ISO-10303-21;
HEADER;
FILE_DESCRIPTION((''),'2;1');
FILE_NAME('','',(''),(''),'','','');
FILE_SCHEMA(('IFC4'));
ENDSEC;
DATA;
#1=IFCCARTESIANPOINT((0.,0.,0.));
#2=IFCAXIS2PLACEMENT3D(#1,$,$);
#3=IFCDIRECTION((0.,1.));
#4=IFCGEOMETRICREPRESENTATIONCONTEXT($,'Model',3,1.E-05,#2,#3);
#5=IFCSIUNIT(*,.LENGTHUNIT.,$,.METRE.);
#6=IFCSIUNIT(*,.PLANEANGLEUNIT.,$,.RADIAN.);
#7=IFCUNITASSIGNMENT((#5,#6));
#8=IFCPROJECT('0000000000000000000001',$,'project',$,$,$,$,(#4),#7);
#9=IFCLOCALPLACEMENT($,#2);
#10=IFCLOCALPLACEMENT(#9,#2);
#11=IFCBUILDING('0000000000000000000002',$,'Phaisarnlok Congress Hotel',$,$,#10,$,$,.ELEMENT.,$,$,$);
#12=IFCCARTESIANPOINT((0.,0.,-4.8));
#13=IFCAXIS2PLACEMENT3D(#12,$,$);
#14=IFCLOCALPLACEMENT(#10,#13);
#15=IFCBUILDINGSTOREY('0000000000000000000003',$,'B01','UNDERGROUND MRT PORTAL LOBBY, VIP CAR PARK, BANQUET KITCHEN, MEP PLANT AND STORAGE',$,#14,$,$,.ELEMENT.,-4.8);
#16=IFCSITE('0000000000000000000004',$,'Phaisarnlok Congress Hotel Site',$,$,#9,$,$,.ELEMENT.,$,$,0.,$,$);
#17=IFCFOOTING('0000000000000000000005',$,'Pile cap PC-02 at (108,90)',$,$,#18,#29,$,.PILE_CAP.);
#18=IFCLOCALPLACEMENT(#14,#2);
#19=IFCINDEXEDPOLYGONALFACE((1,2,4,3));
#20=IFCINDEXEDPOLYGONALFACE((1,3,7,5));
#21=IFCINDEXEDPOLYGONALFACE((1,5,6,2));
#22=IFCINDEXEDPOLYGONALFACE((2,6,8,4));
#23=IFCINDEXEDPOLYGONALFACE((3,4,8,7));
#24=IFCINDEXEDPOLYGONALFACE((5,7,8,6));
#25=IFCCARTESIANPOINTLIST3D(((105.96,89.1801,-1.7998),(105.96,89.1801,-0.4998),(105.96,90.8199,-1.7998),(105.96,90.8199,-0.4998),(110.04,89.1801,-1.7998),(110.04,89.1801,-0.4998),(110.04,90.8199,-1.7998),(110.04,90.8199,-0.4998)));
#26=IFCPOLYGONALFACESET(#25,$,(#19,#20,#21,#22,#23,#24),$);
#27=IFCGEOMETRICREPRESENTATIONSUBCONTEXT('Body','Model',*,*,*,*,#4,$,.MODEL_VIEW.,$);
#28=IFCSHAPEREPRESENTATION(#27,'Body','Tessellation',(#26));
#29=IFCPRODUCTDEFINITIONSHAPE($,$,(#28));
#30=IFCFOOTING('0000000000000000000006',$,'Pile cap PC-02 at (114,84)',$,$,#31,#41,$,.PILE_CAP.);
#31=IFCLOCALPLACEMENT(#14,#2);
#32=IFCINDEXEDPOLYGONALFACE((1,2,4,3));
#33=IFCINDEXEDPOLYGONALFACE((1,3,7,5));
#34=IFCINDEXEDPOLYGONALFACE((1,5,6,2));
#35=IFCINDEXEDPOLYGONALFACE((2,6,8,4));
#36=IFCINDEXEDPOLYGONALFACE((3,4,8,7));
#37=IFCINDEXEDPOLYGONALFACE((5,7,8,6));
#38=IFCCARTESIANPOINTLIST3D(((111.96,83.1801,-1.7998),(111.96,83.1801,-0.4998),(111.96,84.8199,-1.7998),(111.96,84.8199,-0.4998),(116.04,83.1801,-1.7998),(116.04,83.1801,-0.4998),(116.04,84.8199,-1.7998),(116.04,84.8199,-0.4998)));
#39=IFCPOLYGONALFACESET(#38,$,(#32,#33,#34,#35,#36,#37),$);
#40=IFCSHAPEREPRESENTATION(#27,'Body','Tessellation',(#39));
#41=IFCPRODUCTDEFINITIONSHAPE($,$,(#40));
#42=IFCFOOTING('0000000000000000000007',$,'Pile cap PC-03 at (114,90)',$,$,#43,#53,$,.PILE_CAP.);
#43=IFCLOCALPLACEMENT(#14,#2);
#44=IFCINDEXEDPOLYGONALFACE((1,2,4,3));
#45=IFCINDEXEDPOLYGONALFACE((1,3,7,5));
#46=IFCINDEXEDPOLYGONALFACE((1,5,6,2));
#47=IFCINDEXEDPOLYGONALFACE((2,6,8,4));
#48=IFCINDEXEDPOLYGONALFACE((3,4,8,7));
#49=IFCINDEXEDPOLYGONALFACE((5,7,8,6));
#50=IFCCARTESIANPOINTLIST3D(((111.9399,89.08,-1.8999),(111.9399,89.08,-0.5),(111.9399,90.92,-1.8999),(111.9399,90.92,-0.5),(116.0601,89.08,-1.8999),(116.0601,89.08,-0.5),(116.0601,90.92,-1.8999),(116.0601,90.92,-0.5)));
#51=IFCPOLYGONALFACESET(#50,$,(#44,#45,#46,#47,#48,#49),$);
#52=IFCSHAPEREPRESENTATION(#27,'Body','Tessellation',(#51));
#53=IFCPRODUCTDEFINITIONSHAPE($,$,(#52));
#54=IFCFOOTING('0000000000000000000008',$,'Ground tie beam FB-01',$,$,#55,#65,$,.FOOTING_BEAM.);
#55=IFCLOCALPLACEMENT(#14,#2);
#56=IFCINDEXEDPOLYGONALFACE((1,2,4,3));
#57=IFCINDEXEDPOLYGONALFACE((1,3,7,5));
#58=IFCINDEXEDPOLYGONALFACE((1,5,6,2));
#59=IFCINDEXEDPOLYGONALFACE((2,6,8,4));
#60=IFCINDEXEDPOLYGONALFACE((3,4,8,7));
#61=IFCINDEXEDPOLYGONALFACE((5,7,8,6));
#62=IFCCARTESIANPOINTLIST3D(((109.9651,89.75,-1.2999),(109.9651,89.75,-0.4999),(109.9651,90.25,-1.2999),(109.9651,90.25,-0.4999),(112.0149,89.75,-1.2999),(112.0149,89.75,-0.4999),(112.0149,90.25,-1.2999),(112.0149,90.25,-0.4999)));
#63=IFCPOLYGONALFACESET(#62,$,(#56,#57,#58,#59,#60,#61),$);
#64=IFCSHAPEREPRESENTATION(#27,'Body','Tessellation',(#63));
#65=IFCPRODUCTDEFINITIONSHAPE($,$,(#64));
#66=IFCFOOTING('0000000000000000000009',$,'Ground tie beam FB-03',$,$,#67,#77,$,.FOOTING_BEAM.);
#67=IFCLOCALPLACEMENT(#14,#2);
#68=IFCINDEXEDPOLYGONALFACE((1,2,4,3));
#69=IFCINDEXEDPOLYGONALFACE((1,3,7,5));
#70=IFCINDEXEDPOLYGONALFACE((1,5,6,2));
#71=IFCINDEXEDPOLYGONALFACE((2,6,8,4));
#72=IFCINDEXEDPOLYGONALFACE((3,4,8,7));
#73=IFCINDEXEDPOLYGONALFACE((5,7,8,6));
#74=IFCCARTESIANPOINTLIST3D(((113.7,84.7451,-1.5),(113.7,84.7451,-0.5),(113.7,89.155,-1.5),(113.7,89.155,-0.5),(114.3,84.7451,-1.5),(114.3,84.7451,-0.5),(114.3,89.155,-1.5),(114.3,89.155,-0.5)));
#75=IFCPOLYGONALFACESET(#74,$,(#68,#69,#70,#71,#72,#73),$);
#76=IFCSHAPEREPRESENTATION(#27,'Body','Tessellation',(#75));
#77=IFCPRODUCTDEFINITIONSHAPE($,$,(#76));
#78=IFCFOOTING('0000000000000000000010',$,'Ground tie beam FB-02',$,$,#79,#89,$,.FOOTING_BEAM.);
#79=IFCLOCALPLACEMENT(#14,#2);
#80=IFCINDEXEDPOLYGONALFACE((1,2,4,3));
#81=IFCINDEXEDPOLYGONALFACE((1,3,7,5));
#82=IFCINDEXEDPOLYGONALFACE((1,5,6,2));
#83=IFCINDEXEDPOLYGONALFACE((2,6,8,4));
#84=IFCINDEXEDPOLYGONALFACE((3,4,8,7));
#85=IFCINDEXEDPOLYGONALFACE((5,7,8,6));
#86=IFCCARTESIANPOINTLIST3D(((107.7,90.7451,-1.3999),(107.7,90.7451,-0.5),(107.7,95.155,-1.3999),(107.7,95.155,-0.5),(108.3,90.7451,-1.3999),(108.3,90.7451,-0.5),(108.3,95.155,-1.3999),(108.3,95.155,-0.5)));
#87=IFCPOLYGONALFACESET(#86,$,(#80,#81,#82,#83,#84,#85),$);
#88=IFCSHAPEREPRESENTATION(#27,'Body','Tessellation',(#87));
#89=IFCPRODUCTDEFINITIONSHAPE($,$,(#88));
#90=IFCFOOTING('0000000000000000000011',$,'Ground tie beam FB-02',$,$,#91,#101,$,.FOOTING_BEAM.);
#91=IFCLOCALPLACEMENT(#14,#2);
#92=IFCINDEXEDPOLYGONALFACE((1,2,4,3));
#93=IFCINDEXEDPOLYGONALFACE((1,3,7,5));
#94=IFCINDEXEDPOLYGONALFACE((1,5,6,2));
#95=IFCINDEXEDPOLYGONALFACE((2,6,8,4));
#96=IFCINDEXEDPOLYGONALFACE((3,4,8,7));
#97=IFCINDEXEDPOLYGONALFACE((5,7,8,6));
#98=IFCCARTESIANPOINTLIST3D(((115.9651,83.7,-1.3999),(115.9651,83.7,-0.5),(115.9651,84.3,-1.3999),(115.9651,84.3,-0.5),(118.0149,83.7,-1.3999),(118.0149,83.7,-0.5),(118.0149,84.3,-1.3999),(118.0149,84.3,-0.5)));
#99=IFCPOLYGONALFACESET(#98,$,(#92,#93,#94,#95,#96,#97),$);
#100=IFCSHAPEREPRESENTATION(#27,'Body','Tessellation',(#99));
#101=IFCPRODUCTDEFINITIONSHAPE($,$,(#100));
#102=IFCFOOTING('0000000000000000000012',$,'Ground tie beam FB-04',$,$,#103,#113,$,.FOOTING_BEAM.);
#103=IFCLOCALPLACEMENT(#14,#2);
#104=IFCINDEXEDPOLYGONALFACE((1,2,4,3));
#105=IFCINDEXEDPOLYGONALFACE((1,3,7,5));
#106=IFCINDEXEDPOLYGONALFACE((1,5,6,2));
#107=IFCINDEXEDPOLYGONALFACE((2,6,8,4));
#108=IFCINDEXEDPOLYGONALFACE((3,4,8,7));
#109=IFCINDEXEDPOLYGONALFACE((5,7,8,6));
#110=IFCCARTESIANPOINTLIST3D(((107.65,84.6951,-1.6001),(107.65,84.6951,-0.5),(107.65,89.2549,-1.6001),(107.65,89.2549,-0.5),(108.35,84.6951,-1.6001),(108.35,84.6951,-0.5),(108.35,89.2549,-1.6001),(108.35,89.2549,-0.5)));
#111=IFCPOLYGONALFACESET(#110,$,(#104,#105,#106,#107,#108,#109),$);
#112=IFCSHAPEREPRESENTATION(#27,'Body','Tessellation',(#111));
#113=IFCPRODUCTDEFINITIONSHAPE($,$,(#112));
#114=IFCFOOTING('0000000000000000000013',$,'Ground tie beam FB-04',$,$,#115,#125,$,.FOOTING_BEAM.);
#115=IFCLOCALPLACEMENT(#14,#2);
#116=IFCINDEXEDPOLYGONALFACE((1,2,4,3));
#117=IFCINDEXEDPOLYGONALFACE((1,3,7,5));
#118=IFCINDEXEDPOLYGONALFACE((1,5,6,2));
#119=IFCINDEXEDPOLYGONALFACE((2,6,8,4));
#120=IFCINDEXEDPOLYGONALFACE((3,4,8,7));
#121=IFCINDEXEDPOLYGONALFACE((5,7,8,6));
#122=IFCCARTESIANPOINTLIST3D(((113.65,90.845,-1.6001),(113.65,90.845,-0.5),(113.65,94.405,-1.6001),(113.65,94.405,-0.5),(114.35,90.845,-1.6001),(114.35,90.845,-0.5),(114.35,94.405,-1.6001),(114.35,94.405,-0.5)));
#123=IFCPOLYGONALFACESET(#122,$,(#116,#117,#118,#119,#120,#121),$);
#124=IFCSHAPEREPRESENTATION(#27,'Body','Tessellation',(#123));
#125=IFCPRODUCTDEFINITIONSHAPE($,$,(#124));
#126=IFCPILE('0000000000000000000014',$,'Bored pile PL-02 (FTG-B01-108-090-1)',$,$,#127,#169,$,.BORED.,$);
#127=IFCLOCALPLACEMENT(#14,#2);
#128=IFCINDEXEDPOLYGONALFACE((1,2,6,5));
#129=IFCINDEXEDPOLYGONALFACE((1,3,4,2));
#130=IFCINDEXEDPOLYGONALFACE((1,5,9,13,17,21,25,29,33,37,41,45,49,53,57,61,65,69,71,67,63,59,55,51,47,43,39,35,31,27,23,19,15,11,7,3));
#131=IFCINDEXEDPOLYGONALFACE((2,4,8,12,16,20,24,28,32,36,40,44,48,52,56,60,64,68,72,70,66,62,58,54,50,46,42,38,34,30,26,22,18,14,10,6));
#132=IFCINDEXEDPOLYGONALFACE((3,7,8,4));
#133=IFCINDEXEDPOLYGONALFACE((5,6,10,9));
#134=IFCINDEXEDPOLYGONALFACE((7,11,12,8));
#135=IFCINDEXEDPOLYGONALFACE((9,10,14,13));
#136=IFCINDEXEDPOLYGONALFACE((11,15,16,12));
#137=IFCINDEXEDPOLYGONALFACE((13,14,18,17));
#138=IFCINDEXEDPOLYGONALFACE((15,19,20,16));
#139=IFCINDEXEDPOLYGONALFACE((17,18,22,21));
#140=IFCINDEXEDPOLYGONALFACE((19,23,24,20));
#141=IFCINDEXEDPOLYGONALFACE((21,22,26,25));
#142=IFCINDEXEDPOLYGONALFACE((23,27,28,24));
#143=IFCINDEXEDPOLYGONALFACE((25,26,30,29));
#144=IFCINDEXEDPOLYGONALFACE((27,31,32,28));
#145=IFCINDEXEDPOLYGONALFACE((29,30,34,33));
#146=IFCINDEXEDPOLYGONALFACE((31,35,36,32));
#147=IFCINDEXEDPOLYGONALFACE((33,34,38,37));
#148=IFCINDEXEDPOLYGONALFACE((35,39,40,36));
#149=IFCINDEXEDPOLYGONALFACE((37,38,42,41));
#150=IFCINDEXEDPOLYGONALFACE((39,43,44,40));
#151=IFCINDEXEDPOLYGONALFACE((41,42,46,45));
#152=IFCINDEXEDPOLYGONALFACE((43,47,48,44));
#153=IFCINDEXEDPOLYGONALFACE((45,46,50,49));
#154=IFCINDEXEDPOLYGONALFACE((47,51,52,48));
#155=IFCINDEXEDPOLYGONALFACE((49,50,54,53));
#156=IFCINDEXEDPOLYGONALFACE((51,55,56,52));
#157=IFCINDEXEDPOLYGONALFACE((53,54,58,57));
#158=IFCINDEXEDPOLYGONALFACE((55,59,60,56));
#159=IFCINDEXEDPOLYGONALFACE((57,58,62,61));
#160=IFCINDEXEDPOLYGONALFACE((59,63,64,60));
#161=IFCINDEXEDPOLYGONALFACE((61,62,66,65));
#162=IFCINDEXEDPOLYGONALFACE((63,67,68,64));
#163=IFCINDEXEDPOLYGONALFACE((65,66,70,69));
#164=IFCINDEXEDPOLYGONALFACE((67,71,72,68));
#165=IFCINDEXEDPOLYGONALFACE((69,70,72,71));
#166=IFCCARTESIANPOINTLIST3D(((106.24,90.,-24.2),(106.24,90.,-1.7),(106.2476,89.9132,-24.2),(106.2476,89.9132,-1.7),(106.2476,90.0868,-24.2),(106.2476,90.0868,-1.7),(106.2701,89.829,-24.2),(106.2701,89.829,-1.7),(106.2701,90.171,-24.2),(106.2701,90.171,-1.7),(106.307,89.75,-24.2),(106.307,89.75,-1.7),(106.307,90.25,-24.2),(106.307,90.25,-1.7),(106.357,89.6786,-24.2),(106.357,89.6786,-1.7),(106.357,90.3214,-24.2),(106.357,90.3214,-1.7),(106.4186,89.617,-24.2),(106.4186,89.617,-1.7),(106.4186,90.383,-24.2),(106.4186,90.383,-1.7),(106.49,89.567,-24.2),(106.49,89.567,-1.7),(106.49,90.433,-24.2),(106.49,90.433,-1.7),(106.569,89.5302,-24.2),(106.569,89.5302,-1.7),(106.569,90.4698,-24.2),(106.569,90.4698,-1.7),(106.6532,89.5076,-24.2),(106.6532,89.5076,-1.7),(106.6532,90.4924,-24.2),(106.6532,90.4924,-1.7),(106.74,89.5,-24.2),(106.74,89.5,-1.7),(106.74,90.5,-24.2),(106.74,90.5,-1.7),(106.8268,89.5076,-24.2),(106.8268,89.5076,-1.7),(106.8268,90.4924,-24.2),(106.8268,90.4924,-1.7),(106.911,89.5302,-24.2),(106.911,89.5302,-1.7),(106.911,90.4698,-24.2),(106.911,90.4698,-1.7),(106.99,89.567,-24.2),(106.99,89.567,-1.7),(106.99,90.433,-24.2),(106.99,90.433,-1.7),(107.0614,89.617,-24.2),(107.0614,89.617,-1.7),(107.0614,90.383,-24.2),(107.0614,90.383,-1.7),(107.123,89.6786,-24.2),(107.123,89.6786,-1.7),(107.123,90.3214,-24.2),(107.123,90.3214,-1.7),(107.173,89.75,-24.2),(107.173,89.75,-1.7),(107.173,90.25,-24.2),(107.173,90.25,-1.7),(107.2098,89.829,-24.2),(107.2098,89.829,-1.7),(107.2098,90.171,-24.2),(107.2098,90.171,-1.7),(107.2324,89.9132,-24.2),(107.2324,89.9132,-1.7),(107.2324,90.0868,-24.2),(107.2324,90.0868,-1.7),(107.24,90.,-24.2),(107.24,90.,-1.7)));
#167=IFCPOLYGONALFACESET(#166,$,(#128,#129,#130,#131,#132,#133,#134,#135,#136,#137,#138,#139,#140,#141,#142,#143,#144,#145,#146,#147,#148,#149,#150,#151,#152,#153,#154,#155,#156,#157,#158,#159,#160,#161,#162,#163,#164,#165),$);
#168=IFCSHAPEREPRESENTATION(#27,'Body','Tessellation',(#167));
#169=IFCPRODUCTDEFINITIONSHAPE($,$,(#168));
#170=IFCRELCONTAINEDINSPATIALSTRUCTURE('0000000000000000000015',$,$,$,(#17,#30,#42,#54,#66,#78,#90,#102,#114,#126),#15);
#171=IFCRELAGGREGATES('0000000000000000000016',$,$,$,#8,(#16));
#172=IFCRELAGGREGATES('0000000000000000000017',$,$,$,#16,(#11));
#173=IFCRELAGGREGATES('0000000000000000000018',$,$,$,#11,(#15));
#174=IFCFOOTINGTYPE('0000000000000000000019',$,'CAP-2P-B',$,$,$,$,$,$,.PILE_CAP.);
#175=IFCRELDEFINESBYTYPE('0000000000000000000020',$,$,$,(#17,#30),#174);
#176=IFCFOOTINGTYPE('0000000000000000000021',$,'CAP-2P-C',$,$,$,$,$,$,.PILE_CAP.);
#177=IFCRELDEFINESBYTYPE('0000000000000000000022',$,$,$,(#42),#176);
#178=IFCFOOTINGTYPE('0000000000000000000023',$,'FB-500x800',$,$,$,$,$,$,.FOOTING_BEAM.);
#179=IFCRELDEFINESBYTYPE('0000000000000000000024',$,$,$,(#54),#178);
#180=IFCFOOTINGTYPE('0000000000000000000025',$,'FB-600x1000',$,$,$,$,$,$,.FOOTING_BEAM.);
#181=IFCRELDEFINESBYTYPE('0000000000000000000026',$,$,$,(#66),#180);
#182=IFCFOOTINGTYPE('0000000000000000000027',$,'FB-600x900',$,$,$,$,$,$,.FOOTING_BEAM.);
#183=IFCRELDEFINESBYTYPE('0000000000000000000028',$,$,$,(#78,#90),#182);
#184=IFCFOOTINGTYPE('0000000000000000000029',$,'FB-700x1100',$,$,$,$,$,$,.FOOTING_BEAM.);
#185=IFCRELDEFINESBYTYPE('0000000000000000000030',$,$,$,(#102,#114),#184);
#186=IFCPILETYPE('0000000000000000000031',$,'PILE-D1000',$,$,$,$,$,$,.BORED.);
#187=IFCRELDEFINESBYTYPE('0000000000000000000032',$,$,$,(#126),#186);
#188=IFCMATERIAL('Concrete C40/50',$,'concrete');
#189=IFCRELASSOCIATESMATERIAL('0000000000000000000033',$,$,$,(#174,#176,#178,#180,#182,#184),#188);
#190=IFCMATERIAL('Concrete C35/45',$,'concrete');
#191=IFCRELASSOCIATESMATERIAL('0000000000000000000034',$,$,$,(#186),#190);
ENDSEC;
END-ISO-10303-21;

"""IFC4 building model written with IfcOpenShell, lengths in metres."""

from ifc_helpers import new_model, si_unit, direction, frame, origin, origin_2d, place, context, subcontext, project, spatial, rectangle, circle, extrude, material, material_profile, profile_set, type_object, element, save


model = new_model("IFC4")

# Units and contexts
model_context = context("Model", 3, precision=1e-05, world=origin(), true_north=direction((0.0, 1.0)))
body_context = subcontext(model_context, "Body", "Model", "MODEL_VIEW")
ifc_project = project(units=[si_unit("LENGTHUNIT", "METRE"), si_unit("PLANEANGLEUNIT", "RADIAN")], contexts=[model_context])

# Site, building, storey
site_placement = place(None, origin())
site = spatial("IfcSite", under=ifc_project, at=site_placement, Name="Phaisarnlok Congress Hotel Site", CompositionType="ELEMENT", RefElevation=0.0)
building_placement = place(site_placement, origin())
building = spatial("IfcBuilding", under=site, at=building_placement, Name="Phaisarnlok Congress Hotel", CompositionType="ELEMENT")
storey_placement = place(building_placement, frame((0.0, 0.0, -4.8)))
storey = spatial("IfcBuildingStorey", under=building, at=storey_placement, Name="B01", Description="UNDERGROUND MRT PORTAL LOBBY, VIP CAR PARK, BANQUET KITCHEN, MEP PLANT AND STORAGE", CompositionType="ELEMENT", Elevation=-4.8)

# Footings
ifc_material_1 = material(Name="Concrete C40/50", Category="concrete")
footing_type_1 = type_object("IfcFootingType", Name="CAP-2P-B", PredefinedType="PILE_CAP", material=ifc_material_1)
for number, where, z_axis, x_axis, name in (
    (1, (108.0, 90.0, -1.7998), (0.0, 0.0, 1.0), (1.0, 0.0, 0.0), "Pile cap PC-02 at (108,90)"),
    (2, (114.0, 84.0, -1.7998), (0.0, 0.0, 1.0), (1.0, 0.0, 0.0), "Pile cap PC-02 at (114,84)"),
):
    element("IfcFooting", number, at=place(storey_placement, frame(where, z_axis=z_axis, x_axis=x_axis)), inside=storey, type_object=footing_type_1, Name=name, PredefinedType="PILE_CAP", context=body_context, shape_type="SweptSolid", body=[
        extrude(rectangle(XDim=4.0801, YDim=1.6399, at=origin_2d()), origin(), (0.0, 0.0, 1.0), 1.3),
    ])
footing_type_2 = type_object("IfcFootingType", Name="CAP-2P-C", PredefinedType="PILE_CAP", material=ifc_material_1)
footing_1_placement = place(storey_placement, frame((114.0, 90.0, -1.8999), z_axis=(0.0, 0.0, 1.0), x_axis=(1.0, 0.0, 0.0)))
element("IfcFooting", 3, at=footing_1_placement, inside=storey, type_object=footing_type_2, Name="Pile cap PC-03 at (114,90)", PredefinedType="PILE_CAP", context=body_context, shape_type="SweptSolid", body=[
    extrude(rectangle(XDim=4.1201, YDim=1.8401, at=origin_2d()), origin(), (0.0, 0.0, 1.0), 1.3999),
])
ifc_material_profile_1 = material_profile(ifc_material_1, rectangle(XDim=0.5, YDim=0.8, at=origin_2d()), Name="FB-500x800")
ifc_profile_set_1 = profile_set([ifc_material_profile_1], Name="Concrete C40/50")
footing_type_3 = type_object("IfcFootingType", Name="FB-500x800", PredefinedType="FOOTING_BEAM", material=ifc_profile_set_1)
footing_2_placement = place(storey_placement, frame((109.9651, 90.0, -0.8999), z_axis=(1.0, 0.0, 0.0), x_axis=(0.0, 1.0, 0.0)))
element("IfcFooting", 4, at=footing_2_placement, inside=storey, type_object=footing_type_3, Name="Ground tie beam FB-01", PredefinedType="FOOTING_BEAM", context=body_context, shape_type="SweptSolid", body=[
    extrude(rectangle(XDim=0.5, YDim=0.8, at=origin_2d()), origin(), (0.0, 0.0, 1.0), 2.0498),
])
ifc_material_profile_2 = material_profile(ifc_material_1, rectangle(XDim=0.6001, YDim=1.0, at=origin_2d()), Name="FB-600x1000")
ifc_profile_set_2 = profile_set([ifc_material_profile_2], Name="Concrete C40/50")
footing_type_4 = type_object("IfcFootingType", Name="FB-600x1000", PredefinedType="FOOTING_BEAM", material=ifc_profile_set_2)
footing_3_placement = place(storey_placement, frame((114.0, 84.7451, -1.0), z_axis=(0.0, 1.0, 0.0), x_axis=(-1.0, 0.0, 0.0)))
element("IfcFooting", 5, at=footing_3_placement, inside=storey, type_object=footing_type_4, Name="Ground tie beam FB-03", PredefinedType="FOOTING_BEAM", context=body_context, shape_type="SweptSolid", body=[
    extrude(rectangle(XDim=0.6001, YDim=1.0, at=origin_2d()), origin(), (0.0, 0.0, 1.0), 4.4099),
])
ifc_material_profile_3 = material_profile(ifc_material_1, rectangle(XDim=0.6001, YDim=0.8999, at=origin_2d()), Name="FB-600x900")
ifc_profile_set_3 = profile_set([ifc_material_profile_3], Name="Concrete C40/50")
footing_type_5 = type_object("IfcFootingType", Name="FB-600x900", PredefinedType="FOOTING_BEAM", material=ifc_profile_set_3)
footing_4_placement = place(storey_placement, frame((108.0, 90.7451, -0.95), z_axis=(0.0, 1.0, 0.0), x_axis=(-1.0, 0.0, 0.0)))
element("IfcFooting", 6, at=footing_4_placement, inside=storey, type_object=footing_type_5, Name="Ground tie beam FB-02", PredefinedType="FOOTING_BEAM", context=body_context, shape_type="SweptSolid", body=[
    extrude(rectangle(XDim=0.6001, YDim=0.8999, at=origin_2d()), origin(), (0.0, 0.0, 1.0), 4.4099),
])
footing_5_placement = place(storey_placement, frame((115.9651, 84.0, -0.95), z_axis=(1.0, 0.0, 0.0), x_axis=(0.0, 1.0, 0.0)))
element("IfcFooting", 7, at=footing_5_placement, inside=storey, type_object=footing_type_5, Name="Ground tie beam FB-02", PredefinedType="FOOTING_BEAM", context=body_context, shape_type="SweptSolid", body=[
    extrude(rectangle(XDim=0.6001, YDim=0.8999, at=origin_2d()), origin(), (0.0, 0.0, 1.0), 2.0498),
])
ifc_material_profile_4 = material_profile(ifc_material_1, rectangle(XDim=0.7, YDim=1.1001, at=origin_2d()), Name="FB-700x1100")
ifc_profile_set_4 = profile_set([ifc_material_profile_4], Name="Concrete C40/50")
footing_type_6 = type_object("IfcFootingType", Name="FB-700x1100", PredefinedType="FOOTING_BEAM", material=ifc_profile_set_4)
footing_6_placement = place(storey_placement, frame((108.0, 84.6951, -1.05), z_axis=(0.0, 1.0, 0.0), x_axis=(-1.0, 0.0, 0.0)))
element("IfcFooting", 8, at=footing_6_placement, inside=storey, type_object=footing_type_6, Name="Ground tie beam FB-04", PredefinedType="FOOTING_BEAM", context=body_context, shape_type="SweptSolid", body=[
    extrude(rectangle(XDim=0.7, YDim=1.1001, at=origin_2d()), origin(), (0.0, 0.0, 1.0), 4.5598),
])
footing_7_placement = place(storey_placement, frame((114.0, 90.845, -1.05), z_axis=(0.0, 1.0, 0.0), x_axis=(-1.0, 0.0, 0.0)))
element("IfcFooting", 9, at=footing_7_placement, inside=storey, type_object=footing_type_6, Name="Ground tie beam FB-04", PredefinedType="FOOTING_BEAM", context=body_context, shape_type="SweptSolid", body=[
    extrude(rectangle(XDim=0.7, YDim=1.1001, at=origin_2d()), origin(), (0.0, 0.0, 1.0), 3.5601),
])

# Pile
ifc_material_2 = material(Name="Concrete C35/45", Category="concrete")
ifc_material_profile_5 = material_profile(ifc_material_2, circle(Radius=0.5, at=origin_2d()), Name="BORED PILE D1000")
ifc_profile_set_5 = profile_set([ifc_material_profile_5], Name="Concrete C35/45")
pile_type_1 = type_object("IfcPileType", Name="PILE-D1000", PredefinedType="BORED", material=ifc_profile_set_5)
for number, where, z_axis, x_axis, name in (
    (10, (106.74, 90.0, -1.7), (0.0, 0.0, -1.0), (1.0, 0.0, 0.0), "Bored pile PL-02 (FTG-B01-108-090-1)"),
):
    element("IfcPile", number, at=place(storey_placement, frame(where, z_axis=z_axis, x_axis=x_axis)), inside=storey, type_object=pile_type_1, Name=name, PredefinedType="BORED", context=body_context, shape_type="SweptSolid", body=[
        extrude(circle(Radius=0.5, at=origin_2d()), origin(), (0.0, 0.0, 1.0), 22.5),
    ])

save(model, "model.ifc")
